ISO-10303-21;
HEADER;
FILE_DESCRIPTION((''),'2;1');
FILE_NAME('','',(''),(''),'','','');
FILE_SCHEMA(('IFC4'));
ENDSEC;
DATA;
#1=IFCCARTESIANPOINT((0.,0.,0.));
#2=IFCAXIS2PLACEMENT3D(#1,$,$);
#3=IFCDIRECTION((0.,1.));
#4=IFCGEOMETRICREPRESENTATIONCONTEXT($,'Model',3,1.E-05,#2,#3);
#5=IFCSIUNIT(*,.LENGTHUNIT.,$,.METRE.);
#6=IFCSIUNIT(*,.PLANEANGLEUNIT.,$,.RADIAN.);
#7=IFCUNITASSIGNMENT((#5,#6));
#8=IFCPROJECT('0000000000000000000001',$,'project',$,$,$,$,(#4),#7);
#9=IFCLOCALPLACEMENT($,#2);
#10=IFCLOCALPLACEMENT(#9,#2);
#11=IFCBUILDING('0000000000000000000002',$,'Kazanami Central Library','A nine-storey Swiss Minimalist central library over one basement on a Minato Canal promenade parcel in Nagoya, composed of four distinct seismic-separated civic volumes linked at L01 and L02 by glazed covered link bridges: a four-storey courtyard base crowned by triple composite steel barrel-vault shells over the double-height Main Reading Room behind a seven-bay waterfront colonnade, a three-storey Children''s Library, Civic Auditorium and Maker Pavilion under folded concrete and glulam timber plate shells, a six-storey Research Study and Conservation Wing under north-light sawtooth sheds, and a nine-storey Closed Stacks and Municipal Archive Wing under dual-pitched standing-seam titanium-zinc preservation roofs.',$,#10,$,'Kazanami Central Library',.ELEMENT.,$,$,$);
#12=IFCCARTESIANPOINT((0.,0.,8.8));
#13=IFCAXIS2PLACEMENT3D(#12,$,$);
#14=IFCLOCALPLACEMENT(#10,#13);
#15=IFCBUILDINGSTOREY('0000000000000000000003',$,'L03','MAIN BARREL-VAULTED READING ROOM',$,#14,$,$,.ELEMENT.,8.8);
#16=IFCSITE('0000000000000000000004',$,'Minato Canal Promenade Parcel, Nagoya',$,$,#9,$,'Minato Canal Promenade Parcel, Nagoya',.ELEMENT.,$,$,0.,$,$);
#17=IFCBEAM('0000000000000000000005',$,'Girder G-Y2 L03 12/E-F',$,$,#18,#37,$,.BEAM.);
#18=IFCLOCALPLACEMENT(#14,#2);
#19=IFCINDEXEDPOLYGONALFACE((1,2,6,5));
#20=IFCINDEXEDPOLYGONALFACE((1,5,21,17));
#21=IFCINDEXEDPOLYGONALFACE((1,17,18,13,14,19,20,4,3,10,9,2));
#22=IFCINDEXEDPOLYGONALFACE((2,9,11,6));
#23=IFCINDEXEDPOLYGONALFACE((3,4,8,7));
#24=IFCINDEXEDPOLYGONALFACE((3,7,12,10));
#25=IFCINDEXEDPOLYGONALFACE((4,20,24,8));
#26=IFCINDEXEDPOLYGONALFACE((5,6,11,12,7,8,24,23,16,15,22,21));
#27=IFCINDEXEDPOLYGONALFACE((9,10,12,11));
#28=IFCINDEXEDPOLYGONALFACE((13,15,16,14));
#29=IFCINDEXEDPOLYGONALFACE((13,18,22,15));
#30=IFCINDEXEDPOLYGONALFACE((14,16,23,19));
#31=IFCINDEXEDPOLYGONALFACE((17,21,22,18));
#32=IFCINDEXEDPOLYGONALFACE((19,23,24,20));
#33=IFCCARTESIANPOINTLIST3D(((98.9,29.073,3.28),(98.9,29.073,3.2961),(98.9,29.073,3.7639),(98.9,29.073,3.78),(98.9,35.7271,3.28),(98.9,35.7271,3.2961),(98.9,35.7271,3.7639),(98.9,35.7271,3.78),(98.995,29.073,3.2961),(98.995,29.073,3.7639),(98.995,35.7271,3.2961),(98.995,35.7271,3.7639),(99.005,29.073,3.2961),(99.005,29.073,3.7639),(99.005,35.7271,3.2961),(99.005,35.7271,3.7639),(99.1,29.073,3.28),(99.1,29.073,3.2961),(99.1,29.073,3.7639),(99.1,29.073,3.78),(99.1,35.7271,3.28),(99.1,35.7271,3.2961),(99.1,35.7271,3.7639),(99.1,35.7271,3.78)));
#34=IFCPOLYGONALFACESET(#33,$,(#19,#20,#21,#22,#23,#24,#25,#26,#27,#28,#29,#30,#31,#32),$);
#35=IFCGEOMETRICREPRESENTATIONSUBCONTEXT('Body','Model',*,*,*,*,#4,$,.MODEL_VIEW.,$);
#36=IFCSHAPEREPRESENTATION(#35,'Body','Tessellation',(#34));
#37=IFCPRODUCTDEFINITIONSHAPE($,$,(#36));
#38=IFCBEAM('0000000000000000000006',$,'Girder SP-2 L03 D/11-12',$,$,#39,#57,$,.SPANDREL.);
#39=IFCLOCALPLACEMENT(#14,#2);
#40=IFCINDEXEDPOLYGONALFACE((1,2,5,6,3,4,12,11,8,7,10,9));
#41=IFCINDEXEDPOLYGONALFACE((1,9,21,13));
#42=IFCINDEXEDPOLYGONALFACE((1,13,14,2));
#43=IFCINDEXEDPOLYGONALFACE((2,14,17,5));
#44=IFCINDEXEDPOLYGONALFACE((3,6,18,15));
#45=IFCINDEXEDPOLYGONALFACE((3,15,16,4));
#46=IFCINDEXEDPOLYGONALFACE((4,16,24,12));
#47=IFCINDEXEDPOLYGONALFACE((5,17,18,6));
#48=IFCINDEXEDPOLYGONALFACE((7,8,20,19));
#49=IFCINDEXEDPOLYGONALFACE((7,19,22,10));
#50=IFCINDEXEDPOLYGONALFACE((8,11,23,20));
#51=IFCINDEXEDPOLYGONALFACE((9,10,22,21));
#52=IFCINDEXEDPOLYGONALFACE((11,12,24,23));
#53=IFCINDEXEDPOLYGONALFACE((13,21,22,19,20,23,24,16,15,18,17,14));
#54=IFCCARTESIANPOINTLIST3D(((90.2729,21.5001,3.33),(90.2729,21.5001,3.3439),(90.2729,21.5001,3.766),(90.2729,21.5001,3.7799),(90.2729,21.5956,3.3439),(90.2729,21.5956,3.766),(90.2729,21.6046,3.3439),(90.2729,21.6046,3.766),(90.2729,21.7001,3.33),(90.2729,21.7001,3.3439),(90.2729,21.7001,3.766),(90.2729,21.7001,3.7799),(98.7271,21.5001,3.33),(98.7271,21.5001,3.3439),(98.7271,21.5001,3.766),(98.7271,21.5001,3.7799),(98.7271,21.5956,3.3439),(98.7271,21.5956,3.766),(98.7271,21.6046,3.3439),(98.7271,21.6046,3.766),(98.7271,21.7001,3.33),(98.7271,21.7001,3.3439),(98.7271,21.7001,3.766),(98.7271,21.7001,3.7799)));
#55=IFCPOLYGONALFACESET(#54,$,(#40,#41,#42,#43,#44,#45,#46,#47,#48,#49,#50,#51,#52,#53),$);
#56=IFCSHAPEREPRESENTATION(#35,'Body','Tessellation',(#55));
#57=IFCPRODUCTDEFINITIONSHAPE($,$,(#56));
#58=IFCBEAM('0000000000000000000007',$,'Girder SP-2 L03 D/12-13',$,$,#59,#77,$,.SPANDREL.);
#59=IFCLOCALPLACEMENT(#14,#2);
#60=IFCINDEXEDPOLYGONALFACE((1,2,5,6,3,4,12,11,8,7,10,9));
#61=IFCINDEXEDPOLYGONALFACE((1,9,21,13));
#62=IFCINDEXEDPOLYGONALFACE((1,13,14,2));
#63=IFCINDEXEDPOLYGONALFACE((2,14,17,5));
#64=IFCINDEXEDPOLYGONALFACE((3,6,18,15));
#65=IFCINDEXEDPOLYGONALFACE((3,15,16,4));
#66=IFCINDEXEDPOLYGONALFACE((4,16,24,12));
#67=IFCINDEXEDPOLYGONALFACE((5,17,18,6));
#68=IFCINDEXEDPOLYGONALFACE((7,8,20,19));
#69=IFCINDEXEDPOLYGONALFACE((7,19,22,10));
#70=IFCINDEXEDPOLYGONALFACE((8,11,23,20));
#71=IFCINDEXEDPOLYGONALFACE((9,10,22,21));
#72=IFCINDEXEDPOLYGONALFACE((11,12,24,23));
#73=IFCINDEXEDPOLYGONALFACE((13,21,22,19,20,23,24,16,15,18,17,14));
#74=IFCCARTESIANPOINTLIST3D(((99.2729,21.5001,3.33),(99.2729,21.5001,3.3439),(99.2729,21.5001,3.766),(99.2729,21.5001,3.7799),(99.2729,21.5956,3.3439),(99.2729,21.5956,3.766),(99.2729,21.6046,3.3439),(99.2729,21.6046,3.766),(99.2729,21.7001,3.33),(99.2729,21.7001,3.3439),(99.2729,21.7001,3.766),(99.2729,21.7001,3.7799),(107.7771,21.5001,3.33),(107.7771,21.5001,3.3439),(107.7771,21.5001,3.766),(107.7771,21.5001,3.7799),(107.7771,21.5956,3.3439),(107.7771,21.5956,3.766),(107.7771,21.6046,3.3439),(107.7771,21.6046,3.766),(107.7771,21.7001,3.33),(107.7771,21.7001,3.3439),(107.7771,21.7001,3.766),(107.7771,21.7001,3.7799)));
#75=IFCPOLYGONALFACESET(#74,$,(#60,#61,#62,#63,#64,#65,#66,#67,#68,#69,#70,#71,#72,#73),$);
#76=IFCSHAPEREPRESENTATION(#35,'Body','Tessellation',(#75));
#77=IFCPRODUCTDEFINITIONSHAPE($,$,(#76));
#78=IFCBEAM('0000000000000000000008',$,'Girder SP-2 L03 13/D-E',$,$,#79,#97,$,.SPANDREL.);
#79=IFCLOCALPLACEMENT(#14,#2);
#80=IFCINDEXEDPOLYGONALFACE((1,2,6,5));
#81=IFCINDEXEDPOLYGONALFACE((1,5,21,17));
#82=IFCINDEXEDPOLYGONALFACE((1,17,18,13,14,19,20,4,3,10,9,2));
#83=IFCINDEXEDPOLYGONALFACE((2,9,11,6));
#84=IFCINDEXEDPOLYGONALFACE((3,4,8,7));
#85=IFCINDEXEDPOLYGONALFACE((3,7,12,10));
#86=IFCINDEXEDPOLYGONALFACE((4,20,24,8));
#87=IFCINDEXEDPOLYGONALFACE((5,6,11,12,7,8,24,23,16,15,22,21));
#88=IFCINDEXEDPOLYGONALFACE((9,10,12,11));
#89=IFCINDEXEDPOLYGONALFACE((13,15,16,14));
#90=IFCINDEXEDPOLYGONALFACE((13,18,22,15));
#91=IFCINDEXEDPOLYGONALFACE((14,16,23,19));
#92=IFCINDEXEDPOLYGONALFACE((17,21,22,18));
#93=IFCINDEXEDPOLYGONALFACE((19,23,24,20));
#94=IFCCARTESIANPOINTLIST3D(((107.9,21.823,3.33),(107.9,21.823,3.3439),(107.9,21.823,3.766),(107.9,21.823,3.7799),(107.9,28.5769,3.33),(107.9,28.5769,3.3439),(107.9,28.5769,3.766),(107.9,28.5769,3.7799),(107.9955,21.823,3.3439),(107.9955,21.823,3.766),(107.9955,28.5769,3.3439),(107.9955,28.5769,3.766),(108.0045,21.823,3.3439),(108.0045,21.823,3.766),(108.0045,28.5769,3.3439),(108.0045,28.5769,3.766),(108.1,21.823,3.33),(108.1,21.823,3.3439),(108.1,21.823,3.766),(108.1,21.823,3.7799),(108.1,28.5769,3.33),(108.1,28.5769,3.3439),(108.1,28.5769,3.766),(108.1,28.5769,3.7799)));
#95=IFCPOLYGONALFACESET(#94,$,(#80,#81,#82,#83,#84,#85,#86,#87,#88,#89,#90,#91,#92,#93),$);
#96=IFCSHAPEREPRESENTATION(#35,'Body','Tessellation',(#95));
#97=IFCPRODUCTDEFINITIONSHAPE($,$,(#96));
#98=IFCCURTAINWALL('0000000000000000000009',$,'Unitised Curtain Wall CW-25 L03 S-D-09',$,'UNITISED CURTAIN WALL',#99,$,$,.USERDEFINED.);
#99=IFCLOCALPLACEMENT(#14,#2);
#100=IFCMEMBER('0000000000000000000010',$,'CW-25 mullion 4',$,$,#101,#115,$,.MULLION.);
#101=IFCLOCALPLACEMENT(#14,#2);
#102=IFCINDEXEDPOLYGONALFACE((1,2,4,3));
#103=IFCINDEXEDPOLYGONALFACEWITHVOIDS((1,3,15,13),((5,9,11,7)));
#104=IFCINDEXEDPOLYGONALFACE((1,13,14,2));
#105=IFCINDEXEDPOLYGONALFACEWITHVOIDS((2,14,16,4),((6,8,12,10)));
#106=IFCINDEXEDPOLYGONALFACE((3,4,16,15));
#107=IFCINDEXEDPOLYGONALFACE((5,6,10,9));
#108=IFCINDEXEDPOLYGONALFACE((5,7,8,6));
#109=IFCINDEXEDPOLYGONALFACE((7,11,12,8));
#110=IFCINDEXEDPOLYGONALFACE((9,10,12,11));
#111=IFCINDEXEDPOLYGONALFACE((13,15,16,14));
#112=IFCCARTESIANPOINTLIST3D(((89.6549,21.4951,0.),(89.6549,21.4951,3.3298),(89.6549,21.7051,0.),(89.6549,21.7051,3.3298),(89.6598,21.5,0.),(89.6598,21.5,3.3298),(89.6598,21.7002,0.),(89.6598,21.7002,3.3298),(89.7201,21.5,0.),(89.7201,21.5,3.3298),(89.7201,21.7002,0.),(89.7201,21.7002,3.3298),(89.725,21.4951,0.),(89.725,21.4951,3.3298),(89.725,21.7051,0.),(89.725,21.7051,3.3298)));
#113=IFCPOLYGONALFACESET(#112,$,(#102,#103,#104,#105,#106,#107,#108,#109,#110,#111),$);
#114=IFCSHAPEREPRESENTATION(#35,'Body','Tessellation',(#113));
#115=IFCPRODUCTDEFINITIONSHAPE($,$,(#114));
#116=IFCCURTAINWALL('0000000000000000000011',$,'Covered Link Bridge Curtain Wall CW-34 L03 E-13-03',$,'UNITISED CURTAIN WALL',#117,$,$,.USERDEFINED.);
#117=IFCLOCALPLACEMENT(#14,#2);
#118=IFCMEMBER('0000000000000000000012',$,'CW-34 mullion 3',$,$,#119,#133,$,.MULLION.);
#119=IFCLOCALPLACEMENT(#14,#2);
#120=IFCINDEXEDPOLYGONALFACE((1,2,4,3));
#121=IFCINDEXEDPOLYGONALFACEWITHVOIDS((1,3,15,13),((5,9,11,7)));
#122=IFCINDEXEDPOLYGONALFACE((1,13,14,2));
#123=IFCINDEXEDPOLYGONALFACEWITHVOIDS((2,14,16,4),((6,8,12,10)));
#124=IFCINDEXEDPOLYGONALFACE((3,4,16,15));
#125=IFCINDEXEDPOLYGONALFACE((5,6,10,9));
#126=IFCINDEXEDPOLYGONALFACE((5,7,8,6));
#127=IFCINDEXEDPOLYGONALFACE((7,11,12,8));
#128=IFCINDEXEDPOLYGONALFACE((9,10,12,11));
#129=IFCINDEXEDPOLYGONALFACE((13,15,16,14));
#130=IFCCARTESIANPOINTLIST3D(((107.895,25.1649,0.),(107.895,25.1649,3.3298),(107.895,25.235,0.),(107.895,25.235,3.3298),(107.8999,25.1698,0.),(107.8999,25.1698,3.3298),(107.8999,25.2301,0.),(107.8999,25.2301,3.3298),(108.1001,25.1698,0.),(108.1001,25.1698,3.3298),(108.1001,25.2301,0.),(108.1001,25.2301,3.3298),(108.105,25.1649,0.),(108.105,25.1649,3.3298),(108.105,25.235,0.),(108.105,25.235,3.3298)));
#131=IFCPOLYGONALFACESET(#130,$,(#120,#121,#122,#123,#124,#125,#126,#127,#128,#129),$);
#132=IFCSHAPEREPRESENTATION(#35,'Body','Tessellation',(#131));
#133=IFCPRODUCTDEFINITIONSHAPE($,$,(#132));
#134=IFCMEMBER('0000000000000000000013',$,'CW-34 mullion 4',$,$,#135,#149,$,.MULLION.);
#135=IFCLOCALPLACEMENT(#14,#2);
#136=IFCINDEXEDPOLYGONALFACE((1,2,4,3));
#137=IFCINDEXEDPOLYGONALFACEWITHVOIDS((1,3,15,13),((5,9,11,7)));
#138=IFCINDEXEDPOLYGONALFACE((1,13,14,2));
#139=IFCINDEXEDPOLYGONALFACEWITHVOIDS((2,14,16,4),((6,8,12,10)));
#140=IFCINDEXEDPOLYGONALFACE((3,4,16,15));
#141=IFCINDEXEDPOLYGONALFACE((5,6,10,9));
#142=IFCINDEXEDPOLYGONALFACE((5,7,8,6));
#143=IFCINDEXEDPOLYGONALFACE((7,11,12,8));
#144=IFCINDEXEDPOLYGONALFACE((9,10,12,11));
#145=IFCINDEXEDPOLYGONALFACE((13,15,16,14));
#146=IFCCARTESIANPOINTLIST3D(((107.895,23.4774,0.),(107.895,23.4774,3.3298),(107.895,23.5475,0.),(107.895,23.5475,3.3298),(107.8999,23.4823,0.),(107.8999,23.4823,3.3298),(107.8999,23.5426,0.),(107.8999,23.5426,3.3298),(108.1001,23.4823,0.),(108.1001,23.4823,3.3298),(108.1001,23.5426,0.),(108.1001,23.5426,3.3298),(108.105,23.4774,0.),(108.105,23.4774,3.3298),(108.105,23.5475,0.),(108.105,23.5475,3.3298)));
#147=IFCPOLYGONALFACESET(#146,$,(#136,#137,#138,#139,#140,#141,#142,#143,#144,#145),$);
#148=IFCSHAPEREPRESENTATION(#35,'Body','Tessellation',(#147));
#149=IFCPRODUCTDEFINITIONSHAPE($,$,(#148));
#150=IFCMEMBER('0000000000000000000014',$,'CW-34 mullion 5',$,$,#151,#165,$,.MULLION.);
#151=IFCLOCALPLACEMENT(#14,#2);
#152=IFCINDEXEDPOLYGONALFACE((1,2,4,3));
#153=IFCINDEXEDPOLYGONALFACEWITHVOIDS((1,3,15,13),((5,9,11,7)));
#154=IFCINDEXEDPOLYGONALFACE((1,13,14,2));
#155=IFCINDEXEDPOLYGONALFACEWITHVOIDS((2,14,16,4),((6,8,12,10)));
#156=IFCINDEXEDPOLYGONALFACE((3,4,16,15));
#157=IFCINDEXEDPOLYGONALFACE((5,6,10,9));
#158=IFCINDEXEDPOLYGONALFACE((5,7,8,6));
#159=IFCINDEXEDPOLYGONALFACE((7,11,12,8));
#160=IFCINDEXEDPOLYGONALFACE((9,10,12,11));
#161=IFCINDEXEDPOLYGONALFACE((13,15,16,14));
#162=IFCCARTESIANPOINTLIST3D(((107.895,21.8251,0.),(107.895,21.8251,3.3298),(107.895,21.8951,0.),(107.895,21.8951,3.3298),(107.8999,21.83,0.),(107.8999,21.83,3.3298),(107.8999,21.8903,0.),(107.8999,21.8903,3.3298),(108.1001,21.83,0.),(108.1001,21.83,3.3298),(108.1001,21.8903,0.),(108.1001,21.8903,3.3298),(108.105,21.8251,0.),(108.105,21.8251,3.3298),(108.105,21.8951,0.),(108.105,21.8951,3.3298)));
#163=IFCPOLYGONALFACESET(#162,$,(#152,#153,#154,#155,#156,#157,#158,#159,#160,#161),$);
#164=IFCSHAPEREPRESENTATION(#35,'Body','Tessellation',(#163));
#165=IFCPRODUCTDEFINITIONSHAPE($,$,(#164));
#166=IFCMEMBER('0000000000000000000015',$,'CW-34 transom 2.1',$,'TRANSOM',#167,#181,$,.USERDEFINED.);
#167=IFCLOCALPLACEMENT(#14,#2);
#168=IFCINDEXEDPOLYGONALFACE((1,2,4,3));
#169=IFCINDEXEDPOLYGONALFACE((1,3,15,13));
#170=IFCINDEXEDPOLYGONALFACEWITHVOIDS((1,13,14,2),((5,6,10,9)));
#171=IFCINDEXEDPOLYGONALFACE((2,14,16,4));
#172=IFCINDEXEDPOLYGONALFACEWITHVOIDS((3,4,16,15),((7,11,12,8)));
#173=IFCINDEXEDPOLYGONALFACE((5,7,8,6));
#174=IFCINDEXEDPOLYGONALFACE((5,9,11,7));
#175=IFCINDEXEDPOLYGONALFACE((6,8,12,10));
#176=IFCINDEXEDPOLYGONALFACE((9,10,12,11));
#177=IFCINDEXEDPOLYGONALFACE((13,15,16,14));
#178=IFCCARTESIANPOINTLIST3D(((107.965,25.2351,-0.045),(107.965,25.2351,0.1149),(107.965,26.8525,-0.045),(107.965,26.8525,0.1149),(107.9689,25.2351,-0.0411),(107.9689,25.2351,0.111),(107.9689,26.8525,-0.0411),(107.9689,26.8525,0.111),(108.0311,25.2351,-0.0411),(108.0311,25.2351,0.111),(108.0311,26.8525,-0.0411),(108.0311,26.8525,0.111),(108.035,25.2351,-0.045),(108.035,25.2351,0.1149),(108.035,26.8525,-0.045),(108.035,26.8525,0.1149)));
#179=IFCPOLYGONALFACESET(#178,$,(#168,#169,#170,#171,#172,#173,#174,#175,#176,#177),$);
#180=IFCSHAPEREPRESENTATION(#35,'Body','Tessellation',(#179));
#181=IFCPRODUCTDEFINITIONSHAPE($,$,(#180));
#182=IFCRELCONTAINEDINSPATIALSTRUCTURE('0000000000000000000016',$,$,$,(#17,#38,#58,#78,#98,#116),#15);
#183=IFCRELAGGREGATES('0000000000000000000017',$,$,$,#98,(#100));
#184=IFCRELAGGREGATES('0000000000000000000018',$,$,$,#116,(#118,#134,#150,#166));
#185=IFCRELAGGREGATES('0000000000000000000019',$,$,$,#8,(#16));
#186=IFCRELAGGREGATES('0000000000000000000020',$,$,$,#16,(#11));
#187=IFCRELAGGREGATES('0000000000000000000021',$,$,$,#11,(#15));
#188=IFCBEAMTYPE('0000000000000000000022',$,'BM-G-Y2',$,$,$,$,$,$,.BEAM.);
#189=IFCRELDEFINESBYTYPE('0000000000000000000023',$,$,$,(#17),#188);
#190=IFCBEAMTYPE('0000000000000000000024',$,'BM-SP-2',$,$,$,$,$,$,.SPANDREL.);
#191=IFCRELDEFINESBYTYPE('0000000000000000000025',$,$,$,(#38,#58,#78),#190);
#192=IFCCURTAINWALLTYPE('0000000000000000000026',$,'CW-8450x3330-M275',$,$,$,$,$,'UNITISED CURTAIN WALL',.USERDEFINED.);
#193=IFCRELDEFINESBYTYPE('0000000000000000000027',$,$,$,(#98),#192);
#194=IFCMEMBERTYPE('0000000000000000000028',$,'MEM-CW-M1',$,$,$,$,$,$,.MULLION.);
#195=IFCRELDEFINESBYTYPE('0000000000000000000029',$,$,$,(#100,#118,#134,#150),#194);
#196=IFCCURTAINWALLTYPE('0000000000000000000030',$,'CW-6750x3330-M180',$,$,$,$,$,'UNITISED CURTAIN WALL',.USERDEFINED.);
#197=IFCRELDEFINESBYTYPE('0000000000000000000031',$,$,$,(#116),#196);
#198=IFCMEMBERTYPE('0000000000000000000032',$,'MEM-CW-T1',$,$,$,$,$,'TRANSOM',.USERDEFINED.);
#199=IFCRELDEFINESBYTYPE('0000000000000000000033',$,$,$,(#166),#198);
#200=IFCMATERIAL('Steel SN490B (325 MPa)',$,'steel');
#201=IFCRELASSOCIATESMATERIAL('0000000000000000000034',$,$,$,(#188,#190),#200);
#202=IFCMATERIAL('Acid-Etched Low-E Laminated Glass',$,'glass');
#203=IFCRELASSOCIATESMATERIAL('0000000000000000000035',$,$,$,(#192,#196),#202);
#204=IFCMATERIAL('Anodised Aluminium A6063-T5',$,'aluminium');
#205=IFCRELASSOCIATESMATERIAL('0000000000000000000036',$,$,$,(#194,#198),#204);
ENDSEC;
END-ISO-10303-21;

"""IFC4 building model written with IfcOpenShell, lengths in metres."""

from ifc_helpers import new_model, si_unit, direction, frame, origin, origin_2d, place, context, subcontext, project, spatial, hollow_rectangle, i_section, extrude, material, material_profile, profile_set, type_object, element, aggregate, save


model = new_model("IFC4")

# Units and contexts
model_context = context("Model", 3, precision=1e-05, world=origin(), true_north=direction((0.0, 1.0)))
body_context = subcontext(model_context, "Body", "Model", "MODEL_VIEW")
ifc_project = project(units=[si_unit("LENGTHUNIT", "METRE"), si_unit("PLANEANGLEUNIT", "RADIAN")], contexts=[model_context])

# Site, building, storey
site_placement = place(None, origin())
site = spatial("IfcSite", under=ifc_project, at=site_placement, Name="Minato Canal Promenade Parcel, Nagoya", LongName="Minato Canal Promenade Parcel, Nagoya", CompositionType="ELEMENT", RefElevation=0.0)
building_placement = place(site_placement, origin())
building = spatial("IfcBuilding", under=site, at=building_placement, Name="Kazanami Central Library", Description="A nine-storey Swiss Minimalist central library over one basement on a Minato Canal promenade parcel in Nagoya, composed of four distinct seismic-separated civic volumes linked at L01 and L02 by glazed covered link bridges: a four-storey courtyard base crowned by triple composite steel barrel-vault shells over the double-height Main Reading Room behind a seven-bay waterfront colonnade, a three-storey Children's Library, Civic Auditorium and Maker Pavilion under folded concrete and glulam timber plate shells, a six-storey Research Study and Conservation Wing under north-light sawtooth sheds, and a nine-storey Closed Stacks and Municipal Archive Wing under dual-pitched standing-seam titanium-zinc preservation roofs.", LongName="Kazanami Central Library", CompositionType="ELEMENT")
storey_placement = place(building_placement, frame((0.0, 0.0, 8.8)))
storey = spatial("IfcBuildingStorey", under=building, at=storey_placement, Name="L03", Description="MAIN BARREL-VAULTED READING ROOM", CompositionType="ELEMENT", Elevation=8.8)

# Beams
ifc_material_1 = material(Name="Steel SN490B (325 MPa)", Category="steel")
ifc_material_profile_1 = material_profile(ifc_material_1, i_section(OverallWidth=0.2, OverallDepth=0.5, WebThickness=0.01, FlangeThickness=0.0161, at=origin_2d()), Name="H-500x200x10x16")
ifc_profile_set_1 = profile_set([ifc_material_profile_1], Name="Steel SN490B (325 MPa)")
beam_type_1 = type_object("IfcBeamType", Name="BM-G-Y2", PredefinedType="BEAM", material=ifc_profile_set_1)
for number, where, z_axis, x_axis, name in (
    (1, (99.0, 29.073, 3.53), (0.0, 1.0, 0.0), (-1.0, 0.0, 0.0), "Girder G-Y2 L03 12/E-F"),
):
    element("IfcBeam", number, at=place(storey_placement, frame(where, z_axis=z_axis, x_axis=x_axis)), inside=storey, type_object=beam_type_1, Name=name, PredefinedType="BEAM", context=body_context, shape_type="SweptSolid", body=[
        extrude(i_section(OverallWidth=0.2, OverallDepth=0.5, WebThickness=0.01, FlangeThickness=0.0161, at=origin_2d()), origin(), (0.0, 0.0, 1.0), 6.6541),
    ])
ifc_material_profile_2 = material_profile(ifc_material_1, i_section(OverallWidth=0.2, OverallDepth=0.45, WebThickness=0.009, FlangeThickness=0.0139, at=origin_2d()), Name="H-450x200x9x14")
ifc_profile_set_2 = profile_set([ifc_material_profile_2], Name="Steel SN490B (325 MPa)")
beam_type_2 = type_object("IfcBeamType", Name="BM-SP-2", PredefinedType="SPANDREL", material=ifc_profile_set_2)
beam_1_placement = place(storey_placement, frame((90.2729, 21.6001, 3.5549), z_axis=(1.0, 0.0, 0.0), x_axis=(0.0, 1.0, 0.0)))
element("IfcBeam", 2, at=beam_1_placement, inside=storey, type_object=beam_type_2, Name="Girder SP-2 L03 D/11-12", PredefinedType="SPANDREL", context=body_context, shape_type="SweptSolid", body=[
    extrude(i_section(OverallWidth=0.2, OverallDepth=0.45, WebThickness=0.009, FlangeThickness=0.0139, at=origin_2d()), origin(), (0.0, 0.0, 1.0), 8.4541),
])
beam_2_placement = place(storey_placement, frame((99.2729, 21.6001, 3.5549), z_axis=(1.0, 0.0, 0.0), x_axis=(0.0, 1.0, 0.0)))
element("IfcBeam", 3, at=beam_2_placement, inside=storey, type_object=beam_type_2, Name="Girder SP-2 L03 D/12-13", PredefinedType="SPANDREL", context=body_context, shape_type="SweptSolid", body=[
    extrude(i_section(OverallWidth=0.2, OverallDepth=0.45, WebThickness=0.009, FlangeThickness=0.0139, at=origin_2d()), origin(), (0.0, 0.0, 1.0), 8.5042),
])
beam_3_placement = place(storey_placement, frame((108.0, 21.823, 3.5549), z_axis=(0.0, 1.0, 0.0), x_axis=(-1.0, 0.0, 0.0)))
element("IfcBeam", 4, at=beam_3_placement, inside=storey, type_object=beam_type_2, Name="Girder SP-2 L03 13/D-E", PredefinedType="SPANDREL", context=body_context, shape_type="SweptSolid", body=[
    extrude(i_section(OverallWidth=0.2, OverallDepth=0.45, WebThickness=0.009, FlangeThickness=0.0139, at=origin_2d()), origin(), (0.0, 0.0, 1.0), 6.7539),
])

# Curtain wall, member
ifc_material_2 = material(Name="Acid-Etched Low-E Laminated Glass", Category="glass")
curtain_wall_type_1 = type_object("IfcCurtainWallType", Name="CW-8450x3330-M275", ElementType="UNITISED CURTAIN WALL", PredefinedType="USERDEFINED", material=ifc_material_2)
curtain_wall_1_placement = place(storey_placement, origin())
curtain_wall_1 = element("IfcCurtainWall", 5, at=curtain_wall_1_placement, inside=storey, type_object=curtain_wall_type_1, Name="Unitised Curtain Wall CW-25 L03 S-D-09", ObjectType="UNITISED CURTAIN WALL", PredefinedType="USERDEFINED")
ifc_material_3 = material(Name="Anodised Aluminium A6063-T5", Category="aluminium")
ifc_material_profile_3 = material_profile(ifc_material_3, hollow_rectangle(XDim=0.0701, YDim=0.21, WallThickness=0.0049, at=origin_2d()), Name="ALU-MULL-70x210x5")
ifc_profile_set_3 = profile_set([ifc_material_profile_3], Name="Anodised Aluminium A6063-T5")
member_type_1 = type_object("IfcMemberType", Name="MEM-CW-M1", PredefinedType="MULLION", material=ifc_profile_set_3)
member_1_placement = place(storey_placement, frame((89.6899, 21.6001, 0.0), z_axis=(0.0, 0.0, 1.0), x_axis=(1.0, 0.0, 0.0)))
member_1 = element("IfcMember", 6, at=member_1_placement, type_object=member_type_1, Name="CW-25 mullion 4", PredefinedType="MULLION", context=body_context, shape_type="SweptSolid", body=[
    extrude(hollow_rectangle(XDim=0.0701, YDim=0.21, WallThickness=0.0049, at=origin_2d()), origin(), (0.0, 0.0, 1.0), 3.3298),
])
aggregate(curtain_wall_1, [member_1])

# Curtain wall, members
curtain_wall_type_2 = type_object("IfcCurtainWallType", Name="CW-6750x3330-M180", ElementType="UNITISED CURTAIN WALL", PredefinedType="USERDEFINED", material=ifc_material_2)
curtain_wall_2_placement = place(storey_placement, origin())
curtain_wall_2 = element("IfcCurtainWall", 7, at=curtain_wall_2_placement, inside=storey, type_object=curtain_wall_type_2, Name="Covered Link Bridge Curtain Wall CW-34 L03 E-13-03", ObjectType="UNITISED CURTAIN WALL", PredefinedType="USERDEFINED")
member_2_placement = place(storey_placement, frame((108.0, 25.2, 0.0), z_axis=(0.0, 0.0, 1.0), x_axis=(0.0, -1.0, 0.0)))
member_2 = element("IfcMember", 8, at=member_2_placement, type_object=member_type_1, Name="CW-34 mullion 3", PredefinedType="MULLION", context=body_context, shape_type="SweptSolid", body=[
    extrude(hollow_rectangle(XDim=0.0701, YDim=0.21, WallThickness=0.0049, at=origin_2d()), origin(), (0.0, 0.0, 1.0), 3.3298),
])
member_3_placement = place(storey_placement, frame((108.0, 23.5125, 0.0), z_axis=(0.0, 0.0, 1.0), x_axis=(0.0, -1.0, 0.0)))
member_3 = element("IfcMember", 9, at=member_3_placement, type_object=member_type_1, Name="CW-34 mullion 4", PredefinedType="MULLION", context=body_context, shape_type="SweptSolid", body=[
    extrude(hollow_rectangle(XDim=0.0701, YDim=0.21, WallThickness=0.0049, at=origin_2d()), origin(), (0.0, 0.0, 1.0), 3.3298),
])
member_4_placement = place(storey_placement, frame((108.0, 21.8601, 0.0), z_axis=(0.0, 0.0, 1.0), x_axis=(0.0, -1.0, 0.0)))
member_4 = element("IfcMember", 10, at=member_4_placement, type_object=member_type_1, Name="CW-34 mullion 5", PredefinedType="MULLION", context=body_context, shape_type="SweptSolid", body=[
    extrude(hollow_rectangle(XDim=0.0701, YDim=0.21, WallThickness=0.0049, at=origin_2d()), origin(), (0.0, 0.0, 1.0), 3.3298),
])
ifc_material_profile_4 = material_profile(ifc_material_3, hollow_rectangle(XDim=0.0701, YDim=0.1599, WallThickness=0.0039, at=origin_2d()), Name="ALU-TRAN-70x160x4")
ifc_profile_set_4 = profile_set([ifc_material_profile_4], Name="Anodised Aluminium A6063-T5")
member_type_2 = type_object("IfcMemberType", Name="MEM-CW-T1", ElementType="TRANSOM", PredefinedType="USERDEFINED", material=ifc_profile_set_4)
member_5_placement = place(storey_placement, frame((108.0, 26.8525, 0.0349), z_axis=(0.0, -1.0, 0.0), x_axis=(1.0, 0.0, 0.0)))
member_5 = element("IfcMember", 11, at=member_5_placement, type_object=member_type_2, Name="CW-34 transom 2.1", ObjectType="TRANSOM", PredefinedType="USERDEFINED", context=body_context, shape_type="SweptSolid", body=[
    extrude(hollow_rectangle(XDim=0.0701, YDim=0.1599, WallThickness=0.0039, at=origin_2d()), origin(), (0.0, 0.0, 1.0), 1.6174),
])
aggregate(curtain_wall_2, [member_2, member_3, member_4, member_5])

save(model, "model.ifc")
